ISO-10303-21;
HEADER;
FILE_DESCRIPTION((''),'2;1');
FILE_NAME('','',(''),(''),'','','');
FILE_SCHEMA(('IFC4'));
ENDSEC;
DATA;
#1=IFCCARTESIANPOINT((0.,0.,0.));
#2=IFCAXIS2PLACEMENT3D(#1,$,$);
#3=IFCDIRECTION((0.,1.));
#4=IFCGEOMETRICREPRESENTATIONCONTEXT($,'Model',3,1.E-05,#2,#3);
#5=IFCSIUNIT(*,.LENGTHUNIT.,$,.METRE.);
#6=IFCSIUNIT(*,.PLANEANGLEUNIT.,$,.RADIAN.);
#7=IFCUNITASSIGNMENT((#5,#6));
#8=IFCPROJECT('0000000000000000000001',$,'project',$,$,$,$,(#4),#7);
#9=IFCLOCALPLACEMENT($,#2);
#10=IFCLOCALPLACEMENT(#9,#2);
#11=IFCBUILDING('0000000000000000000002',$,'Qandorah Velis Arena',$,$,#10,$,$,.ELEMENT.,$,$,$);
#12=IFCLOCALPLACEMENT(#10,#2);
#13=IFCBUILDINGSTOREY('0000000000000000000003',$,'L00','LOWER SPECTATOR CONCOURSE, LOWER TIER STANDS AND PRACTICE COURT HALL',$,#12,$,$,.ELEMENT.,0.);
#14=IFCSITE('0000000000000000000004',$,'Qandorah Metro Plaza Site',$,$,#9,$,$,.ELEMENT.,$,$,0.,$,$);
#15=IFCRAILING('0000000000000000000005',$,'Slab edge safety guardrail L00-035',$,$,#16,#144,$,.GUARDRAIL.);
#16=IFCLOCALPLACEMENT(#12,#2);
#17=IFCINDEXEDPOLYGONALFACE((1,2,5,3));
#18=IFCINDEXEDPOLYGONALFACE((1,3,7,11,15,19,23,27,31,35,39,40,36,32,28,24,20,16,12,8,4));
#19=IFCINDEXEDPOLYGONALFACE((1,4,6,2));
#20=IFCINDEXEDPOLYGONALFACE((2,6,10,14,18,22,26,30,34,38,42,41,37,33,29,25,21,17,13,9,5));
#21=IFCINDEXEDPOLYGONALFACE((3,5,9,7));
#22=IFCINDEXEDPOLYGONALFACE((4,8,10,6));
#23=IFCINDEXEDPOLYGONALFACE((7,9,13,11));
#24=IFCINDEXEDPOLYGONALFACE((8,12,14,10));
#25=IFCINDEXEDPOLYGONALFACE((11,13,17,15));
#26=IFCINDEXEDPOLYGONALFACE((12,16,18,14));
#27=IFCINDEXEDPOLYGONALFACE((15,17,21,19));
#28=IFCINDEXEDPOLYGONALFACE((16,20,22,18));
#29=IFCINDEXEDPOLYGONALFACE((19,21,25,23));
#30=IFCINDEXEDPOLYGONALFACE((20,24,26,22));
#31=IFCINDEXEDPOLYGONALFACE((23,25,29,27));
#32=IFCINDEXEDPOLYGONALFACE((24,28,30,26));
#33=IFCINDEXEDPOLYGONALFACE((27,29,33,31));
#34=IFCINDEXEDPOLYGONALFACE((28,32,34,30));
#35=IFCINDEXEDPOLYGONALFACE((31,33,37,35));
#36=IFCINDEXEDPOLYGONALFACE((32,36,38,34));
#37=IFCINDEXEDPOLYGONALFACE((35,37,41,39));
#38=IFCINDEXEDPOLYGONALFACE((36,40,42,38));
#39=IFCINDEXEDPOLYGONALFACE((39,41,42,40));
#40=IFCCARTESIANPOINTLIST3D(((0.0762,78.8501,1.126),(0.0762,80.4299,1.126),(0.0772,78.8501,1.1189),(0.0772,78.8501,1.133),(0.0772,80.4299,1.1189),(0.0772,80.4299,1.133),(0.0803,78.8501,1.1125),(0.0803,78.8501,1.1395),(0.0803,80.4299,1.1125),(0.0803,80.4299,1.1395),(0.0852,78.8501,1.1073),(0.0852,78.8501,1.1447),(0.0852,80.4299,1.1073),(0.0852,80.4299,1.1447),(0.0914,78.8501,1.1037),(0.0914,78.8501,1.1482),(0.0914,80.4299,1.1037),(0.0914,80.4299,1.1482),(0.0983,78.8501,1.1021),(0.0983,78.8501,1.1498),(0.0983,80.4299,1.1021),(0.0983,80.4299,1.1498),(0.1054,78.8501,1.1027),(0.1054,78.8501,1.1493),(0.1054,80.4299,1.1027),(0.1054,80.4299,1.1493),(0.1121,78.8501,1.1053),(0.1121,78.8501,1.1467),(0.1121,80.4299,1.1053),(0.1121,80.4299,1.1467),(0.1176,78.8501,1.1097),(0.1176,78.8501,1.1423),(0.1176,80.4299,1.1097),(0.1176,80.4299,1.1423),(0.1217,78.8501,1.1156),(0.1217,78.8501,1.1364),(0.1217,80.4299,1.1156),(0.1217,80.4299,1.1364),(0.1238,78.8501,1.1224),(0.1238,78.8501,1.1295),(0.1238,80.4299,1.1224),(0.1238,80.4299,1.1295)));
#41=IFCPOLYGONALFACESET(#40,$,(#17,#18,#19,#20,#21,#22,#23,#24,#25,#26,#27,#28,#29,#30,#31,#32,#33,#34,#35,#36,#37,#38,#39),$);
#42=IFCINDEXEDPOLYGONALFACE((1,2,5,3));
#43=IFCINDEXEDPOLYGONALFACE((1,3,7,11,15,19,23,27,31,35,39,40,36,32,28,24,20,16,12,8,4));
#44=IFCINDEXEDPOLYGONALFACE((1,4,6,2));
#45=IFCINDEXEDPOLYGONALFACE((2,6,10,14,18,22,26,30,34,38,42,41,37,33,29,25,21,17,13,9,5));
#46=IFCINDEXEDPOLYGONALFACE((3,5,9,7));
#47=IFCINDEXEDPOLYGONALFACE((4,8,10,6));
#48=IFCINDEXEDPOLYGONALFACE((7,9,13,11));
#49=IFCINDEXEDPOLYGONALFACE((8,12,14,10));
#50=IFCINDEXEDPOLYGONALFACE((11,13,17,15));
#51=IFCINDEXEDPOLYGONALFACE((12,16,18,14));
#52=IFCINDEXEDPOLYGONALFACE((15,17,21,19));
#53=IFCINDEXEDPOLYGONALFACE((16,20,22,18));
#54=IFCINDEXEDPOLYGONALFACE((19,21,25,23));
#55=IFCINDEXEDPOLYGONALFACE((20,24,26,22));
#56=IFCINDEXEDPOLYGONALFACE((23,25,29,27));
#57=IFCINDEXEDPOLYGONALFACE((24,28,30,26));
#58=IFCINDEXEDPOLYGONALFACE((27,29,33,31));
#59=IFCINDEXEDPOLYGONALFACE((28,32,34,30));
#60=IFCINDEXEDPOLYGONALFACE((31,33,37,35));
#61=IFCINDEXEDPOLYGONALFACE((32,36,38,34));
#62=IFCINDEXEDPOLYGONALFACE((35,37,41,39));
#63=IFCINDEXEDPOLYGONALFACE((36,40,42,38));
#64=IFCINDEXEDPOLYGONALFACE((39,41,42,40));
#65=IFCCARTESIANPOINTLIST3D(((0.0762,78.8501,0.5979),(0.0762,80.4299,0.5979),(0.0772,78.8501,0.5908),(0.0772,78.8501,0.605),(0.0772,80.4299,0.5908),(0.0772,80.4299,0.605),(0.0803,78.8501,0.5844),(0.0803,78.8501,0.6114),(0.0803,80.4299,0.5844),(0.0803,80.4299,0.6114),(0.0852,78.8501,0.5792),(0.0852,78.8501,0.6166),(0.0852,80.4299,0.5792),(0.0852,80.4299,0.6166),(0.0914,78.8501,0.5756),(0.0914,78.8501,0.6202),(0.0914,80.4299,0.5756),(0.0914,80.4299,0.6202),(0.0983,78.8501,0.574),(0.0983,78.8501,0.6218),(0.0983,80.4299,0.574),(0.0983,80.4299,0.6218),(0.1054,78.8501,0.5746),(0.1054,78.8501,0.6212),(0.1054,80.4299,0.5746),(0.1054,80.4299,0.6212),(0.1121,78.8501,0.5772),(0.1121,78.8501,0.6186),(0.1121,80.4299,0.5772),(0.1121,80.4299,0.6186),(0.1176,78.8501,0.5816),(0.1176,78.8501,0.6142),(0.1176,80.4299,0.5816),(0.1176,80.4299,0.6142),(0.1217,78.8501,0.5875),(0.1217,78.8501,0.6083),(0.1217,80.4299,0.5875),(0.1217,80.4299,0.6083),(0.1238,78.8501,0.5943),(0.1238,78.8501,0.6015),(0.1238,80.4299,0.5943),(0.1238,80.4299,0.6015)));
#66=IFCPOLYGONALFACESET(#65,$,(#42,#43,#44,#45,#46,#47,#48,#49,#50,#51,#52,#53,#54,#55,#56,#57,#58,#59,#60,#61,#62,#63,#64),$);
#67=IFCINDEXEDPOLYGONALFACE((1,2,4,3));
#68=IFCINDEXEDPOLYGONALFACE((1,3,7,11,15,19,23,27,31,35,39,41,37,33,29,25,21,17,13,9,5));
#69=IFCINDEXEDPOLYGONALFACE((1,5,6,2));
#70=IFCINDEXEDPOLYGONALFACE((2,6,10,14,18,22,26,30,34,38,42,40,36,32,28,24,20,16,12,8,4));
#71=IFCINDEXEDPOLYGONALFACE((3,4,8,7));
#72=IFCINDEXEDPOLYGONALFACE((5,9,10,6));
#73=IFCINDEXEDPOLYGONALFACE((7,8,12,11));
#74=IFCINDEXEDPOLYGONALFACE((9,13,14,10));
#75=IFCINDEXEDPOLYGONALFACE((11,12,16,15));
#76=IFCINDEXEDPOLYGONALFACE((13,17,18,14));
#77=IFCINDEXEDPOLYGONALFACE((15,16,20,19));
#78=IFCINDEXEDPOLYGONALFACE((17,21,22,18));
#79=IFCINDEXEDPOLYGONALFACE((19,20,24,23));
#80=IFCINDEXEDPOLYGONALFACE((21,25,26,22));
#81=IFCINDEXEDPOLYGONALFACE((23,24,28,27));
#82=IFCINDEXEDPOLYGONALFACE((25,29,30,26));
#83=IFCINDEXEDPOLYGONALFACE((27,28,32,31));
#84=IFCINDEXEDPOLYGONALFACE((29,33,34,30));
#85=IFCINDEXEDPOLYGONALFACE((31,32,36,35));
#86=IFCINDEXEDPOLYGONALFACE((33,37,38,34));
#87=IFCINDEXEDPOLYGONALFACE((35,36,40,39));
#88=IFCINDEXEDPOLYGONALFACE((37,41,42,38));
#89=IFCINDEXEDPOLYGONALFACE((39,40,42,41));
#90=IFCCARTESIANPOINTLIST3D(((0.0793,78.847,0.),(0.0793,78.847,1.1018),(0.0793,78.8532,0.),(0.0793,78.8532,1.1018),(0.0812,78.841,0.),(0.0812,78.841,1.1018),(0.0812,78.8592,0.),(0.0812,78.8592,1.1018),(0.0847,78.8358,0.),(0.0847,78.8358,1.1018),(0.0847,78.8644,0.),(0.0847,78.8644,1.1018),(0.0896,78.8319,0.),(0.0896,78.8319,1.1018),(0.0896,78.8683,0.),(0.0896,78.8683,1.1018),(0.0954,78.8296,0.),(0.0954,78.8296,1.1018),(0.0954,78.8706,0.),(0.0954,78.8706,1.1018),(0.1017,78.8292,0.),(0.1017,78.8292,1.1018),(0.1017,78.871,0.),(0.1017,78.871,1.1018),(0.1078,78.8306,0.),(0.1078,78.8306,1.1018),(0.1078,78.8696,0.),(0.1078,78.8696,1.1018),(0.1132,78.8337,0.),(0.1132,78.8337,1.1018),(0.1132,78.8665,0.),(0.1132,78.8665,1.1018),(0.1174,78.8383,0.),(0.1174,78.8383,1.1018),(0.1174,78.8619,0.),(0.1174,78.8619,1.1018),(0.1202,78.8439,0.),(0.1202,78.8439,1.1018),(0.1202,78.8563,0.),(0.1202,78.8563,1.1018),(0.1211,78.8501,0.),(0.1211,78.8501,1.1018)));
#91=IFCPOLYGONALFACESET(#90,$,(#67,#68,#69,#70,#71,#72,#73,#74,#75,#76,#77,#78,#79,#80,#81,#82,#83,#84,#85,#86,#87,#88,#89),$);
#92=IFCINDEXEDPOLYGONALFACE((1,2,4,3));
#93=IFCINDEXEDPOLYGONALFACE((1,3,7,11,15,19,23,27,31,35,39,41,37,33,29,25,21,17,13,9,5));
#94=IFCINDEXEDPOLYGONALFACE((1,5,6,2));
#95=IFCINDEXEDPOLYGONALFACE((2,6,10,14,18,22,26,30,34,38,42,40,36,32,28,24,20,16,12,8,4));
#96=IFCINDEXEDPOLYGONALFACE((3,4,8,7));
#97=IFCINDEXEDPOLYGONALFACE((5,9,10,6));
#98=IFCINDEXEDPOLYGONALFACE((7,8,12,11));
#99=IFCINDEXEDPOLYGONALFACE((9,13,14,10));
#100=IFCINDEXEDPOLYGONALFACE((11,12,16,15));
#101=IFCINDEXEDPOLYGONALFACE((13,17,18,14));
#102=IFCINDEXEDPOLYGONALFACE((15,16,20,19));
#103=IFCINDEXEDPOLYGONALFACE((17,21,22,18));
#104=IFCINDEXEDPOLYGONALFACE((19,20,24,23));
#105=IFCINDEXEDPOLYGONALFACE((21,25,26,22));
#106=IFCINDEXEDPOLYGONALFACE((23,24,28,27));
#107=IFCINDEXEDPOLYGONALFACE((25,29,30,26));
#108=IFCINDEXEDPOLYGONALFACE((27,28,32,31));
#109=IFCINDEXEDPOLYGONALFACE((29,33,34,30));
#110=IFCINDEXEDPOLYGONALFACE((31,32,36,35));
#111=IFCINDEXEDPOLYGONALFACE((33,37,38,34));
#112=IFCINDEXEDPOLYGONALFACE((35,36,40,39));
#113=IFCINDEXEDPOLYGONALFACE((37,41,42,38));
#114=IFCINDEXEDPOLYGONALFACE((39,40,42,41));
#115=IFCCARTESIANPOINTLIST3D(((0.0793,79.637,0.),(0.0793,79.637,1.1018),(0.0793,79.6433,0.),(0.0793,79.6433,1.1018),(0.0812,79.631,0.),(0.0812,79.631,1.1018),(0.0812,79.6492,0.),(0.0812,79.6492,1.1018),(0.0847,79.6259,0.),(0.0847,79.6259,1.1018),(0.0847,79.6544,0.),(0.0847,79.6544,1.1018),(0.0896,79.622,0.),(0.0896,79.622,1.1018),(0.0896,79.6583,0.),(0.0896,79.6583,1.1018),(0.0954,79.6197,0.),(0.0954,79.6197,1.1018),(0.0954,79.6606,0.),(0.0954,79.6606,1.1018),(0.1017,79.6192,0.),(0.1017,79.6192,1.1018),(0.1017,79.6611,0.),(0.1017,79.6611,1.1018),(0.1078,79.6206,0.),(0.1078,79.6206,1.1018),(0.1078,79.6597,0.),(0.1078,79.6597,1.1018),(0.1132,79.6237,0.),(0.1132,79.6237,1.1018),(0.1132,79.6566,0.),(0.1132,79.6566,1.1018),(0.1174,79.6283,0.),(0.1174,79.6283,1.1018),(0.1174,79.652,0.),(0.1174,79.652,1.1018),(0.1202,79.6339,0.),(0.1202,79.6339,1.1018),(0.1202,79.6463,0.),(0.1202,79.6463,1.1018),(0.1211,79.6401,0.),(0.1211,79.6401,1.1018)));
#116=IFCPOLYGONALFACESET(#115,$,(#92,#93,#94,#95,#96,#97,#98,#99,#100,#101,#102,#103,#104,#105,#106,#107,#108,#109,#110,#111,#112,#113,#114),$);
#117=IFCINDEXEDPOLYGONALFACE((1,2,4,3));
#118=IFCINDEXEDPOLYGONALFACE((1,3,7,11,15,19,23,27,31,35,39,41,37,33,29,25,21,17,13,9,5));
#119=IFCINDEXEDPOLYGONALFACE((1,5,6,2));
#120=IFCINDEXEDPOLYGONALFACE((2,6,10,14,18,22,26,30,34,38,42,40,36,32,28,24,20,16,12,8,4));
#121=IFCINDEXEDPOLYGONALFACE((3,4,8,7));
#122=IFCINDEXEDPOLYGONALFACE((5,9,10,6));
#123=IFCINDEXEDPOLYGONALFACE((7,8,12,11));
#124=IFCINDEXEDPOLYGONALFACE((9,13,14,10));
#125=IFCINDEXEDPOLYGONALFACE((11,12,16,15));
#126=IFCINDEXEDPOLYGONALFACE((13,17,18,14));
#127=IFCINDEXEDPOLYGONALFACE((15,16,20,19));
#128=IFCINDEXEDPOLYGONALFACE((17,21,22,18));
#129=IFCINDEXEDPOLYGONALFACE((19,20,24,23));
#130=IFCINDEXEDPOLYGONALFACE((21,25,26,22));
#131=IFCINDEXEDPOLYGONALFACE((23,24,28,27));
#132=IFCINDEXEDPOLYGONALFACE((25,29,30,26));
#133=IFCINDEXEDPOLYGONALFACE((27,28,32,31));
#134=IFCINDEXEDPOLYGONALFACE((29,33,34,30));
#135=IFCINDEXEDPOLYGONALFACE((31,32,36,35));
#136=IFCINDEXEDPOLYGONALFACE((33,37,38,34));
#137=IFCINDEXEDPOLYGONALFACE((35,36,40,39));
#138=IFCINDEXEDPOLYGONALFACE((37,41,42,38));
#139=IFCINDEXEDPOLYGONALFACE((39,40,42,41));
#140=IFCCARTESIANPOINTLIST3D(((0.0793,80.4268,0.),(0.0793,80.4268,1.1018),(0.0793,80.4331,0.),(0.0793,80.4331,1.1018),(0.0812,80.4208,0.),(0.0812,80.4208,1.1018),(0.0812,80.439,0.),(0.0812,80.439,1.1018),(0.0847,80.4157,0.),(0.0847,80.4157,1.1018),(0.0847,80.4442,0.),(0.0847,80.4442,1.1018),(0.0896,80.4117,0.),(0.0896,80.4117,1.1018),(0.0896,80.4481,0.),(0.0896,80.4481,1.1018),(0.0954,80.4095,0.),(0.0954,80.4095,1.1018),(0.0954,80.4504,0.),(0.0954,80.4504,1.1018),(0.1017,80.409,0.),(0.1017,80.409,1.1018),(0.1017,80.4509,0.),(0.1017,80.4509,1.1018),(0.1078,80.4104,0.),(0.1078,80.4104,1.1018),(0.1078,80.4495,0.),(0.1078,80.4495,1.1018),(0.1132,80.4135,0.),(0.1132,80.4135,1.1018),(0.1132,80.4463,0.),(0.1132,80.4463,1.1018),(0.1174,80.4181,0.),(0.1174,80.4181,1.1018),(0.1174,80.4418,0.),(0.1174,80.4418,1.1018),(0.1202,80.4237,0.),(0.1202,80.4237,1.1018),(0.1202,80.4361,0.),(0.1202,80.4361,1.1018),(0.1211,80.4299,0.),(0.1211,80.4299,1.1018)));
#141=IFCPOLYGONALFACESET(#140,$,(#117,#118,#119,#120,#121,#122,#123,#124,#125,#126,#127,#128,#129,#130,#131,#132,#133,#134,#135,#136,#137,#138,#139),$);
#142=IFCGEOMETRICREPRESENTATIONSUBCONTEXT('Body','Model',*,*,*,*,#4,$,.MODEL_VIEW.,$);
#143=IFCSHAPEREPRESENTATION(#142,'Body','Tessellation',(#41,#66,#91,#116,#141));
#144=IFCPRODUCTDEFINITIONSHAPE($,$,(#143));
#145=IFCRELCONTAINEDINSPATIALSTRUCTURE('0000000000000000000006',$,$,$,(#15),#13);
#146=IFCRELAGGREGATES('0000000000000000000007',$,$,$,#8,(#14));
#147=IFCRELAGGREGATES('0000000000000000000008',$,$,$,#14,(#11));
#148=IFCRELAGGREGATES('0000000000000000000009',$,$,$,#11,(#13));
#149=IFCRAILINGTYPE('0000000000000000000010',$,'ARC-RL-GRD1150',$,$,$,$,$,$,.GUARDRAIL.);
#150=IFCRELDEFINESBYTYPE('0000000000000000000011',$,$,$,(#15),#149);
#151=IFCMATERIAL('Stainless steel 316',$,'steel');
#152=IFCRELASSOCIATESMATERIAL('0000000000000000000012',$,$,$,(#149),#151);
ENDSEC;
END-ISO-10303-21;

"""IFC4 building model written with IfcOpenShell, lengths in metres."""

from ifc_helpers import new_model, si_unit, direction, frame, origin, origin_2d, place, context, subcontext, project, spatial, circle, extrude, material, type_object, element, save


model = new_model("IFC4")

# Units and contexts
model_context = context("Model", 3, precision=1e-05, world=origin(), true_north=direction((0.0, 1.0)))
body_context = subcontext(model_context, "Body", "Model", "MODEL_VIEW")
ifc_project = project(units=[si_unit("LENGTHUNIT", "METRE"), si_unit("PLANEANGLEUNIT", "RADIAN")], contexts=[model_context])

# Site, building, storey
site_placement = place(None, origin())
site = spatial("IfcSite", under=ifc_project, at=site_placement, Name="Qandorah Metro Plaza Site", CompositionType="ELEMENT", RefElevation=0.0)
building_placement = place(site_placement, origin())
building = spatial("IfcBuilding", under=site, at=building_placement, Name="Qandorah Velis Arena", CompositionType="ELEMENT")
storey_placement = place(building_placement, origin())
storey = spatial("IfcBuildingStorey", under=building, at=storey_placement, Name="L00", Description="LOWER SPECTATOR CONCOURSE, LOWER TIER STANDS AND PRACTICE COURT HALL", CompositionType="ELEMENT", Elevation=0.0)

# Railing
ifc_material_1 = material(Name="Stainless steel 316", Category="steel")
railing_type_1 = type_object("IfcRailingType", Name="ARC-RL-GRD1150", PredefinedType="GUARDRAIL", material=ifc_material_1)
railing_1_placement = place(storey_placement, frame((0.1001, 78.8501, 0.0)))
element("IfcRailing", 1, at=railing_1_placement, inside=storey, type_object=railing_type_1, Name="Slab edge safety guardrail L00-035", PredefinedType="GUARDRAIL", context=body_context, shape_type="SweptSolid", body=[
    extrude(circle(Radius=0.0239, at=origin_2d()), frame((0.0, 0.0, 1.126), z_axis=(0.0, 1.0, 0.0), x_axis=(-1.0, 0.0, 0.0)), (0.0, 0.0, 1.0), 1.5798),
    extrude(circle(Radius=0.0239, at=origin_2d()), frame((0.0, 0.0, 0.5979), z_axis=(0.0, 1.0, 0.0), x_axis=(-1.0, 0.0, 0.0)), (0.0, 0.0, 1.0), 1.5798),
    extrude(circle(Radius=0.021, at=origin_2d()), origin(), (0.0, 0.0, 1.0), 1.1018),
    extrude(circle(Radius=0.021, at=origin_2d()), frame((0.0, 0.79, 0.0)), (0.0, 0.0, 1.0), 1.1018),
    extrude(circle(Radius=0.021, at=origin_2d()), frame((0.0, 1.5798, 0.0)), (0.0, 0.0, 1.0), 1.1018),
])

save(model, "model.ifc")
